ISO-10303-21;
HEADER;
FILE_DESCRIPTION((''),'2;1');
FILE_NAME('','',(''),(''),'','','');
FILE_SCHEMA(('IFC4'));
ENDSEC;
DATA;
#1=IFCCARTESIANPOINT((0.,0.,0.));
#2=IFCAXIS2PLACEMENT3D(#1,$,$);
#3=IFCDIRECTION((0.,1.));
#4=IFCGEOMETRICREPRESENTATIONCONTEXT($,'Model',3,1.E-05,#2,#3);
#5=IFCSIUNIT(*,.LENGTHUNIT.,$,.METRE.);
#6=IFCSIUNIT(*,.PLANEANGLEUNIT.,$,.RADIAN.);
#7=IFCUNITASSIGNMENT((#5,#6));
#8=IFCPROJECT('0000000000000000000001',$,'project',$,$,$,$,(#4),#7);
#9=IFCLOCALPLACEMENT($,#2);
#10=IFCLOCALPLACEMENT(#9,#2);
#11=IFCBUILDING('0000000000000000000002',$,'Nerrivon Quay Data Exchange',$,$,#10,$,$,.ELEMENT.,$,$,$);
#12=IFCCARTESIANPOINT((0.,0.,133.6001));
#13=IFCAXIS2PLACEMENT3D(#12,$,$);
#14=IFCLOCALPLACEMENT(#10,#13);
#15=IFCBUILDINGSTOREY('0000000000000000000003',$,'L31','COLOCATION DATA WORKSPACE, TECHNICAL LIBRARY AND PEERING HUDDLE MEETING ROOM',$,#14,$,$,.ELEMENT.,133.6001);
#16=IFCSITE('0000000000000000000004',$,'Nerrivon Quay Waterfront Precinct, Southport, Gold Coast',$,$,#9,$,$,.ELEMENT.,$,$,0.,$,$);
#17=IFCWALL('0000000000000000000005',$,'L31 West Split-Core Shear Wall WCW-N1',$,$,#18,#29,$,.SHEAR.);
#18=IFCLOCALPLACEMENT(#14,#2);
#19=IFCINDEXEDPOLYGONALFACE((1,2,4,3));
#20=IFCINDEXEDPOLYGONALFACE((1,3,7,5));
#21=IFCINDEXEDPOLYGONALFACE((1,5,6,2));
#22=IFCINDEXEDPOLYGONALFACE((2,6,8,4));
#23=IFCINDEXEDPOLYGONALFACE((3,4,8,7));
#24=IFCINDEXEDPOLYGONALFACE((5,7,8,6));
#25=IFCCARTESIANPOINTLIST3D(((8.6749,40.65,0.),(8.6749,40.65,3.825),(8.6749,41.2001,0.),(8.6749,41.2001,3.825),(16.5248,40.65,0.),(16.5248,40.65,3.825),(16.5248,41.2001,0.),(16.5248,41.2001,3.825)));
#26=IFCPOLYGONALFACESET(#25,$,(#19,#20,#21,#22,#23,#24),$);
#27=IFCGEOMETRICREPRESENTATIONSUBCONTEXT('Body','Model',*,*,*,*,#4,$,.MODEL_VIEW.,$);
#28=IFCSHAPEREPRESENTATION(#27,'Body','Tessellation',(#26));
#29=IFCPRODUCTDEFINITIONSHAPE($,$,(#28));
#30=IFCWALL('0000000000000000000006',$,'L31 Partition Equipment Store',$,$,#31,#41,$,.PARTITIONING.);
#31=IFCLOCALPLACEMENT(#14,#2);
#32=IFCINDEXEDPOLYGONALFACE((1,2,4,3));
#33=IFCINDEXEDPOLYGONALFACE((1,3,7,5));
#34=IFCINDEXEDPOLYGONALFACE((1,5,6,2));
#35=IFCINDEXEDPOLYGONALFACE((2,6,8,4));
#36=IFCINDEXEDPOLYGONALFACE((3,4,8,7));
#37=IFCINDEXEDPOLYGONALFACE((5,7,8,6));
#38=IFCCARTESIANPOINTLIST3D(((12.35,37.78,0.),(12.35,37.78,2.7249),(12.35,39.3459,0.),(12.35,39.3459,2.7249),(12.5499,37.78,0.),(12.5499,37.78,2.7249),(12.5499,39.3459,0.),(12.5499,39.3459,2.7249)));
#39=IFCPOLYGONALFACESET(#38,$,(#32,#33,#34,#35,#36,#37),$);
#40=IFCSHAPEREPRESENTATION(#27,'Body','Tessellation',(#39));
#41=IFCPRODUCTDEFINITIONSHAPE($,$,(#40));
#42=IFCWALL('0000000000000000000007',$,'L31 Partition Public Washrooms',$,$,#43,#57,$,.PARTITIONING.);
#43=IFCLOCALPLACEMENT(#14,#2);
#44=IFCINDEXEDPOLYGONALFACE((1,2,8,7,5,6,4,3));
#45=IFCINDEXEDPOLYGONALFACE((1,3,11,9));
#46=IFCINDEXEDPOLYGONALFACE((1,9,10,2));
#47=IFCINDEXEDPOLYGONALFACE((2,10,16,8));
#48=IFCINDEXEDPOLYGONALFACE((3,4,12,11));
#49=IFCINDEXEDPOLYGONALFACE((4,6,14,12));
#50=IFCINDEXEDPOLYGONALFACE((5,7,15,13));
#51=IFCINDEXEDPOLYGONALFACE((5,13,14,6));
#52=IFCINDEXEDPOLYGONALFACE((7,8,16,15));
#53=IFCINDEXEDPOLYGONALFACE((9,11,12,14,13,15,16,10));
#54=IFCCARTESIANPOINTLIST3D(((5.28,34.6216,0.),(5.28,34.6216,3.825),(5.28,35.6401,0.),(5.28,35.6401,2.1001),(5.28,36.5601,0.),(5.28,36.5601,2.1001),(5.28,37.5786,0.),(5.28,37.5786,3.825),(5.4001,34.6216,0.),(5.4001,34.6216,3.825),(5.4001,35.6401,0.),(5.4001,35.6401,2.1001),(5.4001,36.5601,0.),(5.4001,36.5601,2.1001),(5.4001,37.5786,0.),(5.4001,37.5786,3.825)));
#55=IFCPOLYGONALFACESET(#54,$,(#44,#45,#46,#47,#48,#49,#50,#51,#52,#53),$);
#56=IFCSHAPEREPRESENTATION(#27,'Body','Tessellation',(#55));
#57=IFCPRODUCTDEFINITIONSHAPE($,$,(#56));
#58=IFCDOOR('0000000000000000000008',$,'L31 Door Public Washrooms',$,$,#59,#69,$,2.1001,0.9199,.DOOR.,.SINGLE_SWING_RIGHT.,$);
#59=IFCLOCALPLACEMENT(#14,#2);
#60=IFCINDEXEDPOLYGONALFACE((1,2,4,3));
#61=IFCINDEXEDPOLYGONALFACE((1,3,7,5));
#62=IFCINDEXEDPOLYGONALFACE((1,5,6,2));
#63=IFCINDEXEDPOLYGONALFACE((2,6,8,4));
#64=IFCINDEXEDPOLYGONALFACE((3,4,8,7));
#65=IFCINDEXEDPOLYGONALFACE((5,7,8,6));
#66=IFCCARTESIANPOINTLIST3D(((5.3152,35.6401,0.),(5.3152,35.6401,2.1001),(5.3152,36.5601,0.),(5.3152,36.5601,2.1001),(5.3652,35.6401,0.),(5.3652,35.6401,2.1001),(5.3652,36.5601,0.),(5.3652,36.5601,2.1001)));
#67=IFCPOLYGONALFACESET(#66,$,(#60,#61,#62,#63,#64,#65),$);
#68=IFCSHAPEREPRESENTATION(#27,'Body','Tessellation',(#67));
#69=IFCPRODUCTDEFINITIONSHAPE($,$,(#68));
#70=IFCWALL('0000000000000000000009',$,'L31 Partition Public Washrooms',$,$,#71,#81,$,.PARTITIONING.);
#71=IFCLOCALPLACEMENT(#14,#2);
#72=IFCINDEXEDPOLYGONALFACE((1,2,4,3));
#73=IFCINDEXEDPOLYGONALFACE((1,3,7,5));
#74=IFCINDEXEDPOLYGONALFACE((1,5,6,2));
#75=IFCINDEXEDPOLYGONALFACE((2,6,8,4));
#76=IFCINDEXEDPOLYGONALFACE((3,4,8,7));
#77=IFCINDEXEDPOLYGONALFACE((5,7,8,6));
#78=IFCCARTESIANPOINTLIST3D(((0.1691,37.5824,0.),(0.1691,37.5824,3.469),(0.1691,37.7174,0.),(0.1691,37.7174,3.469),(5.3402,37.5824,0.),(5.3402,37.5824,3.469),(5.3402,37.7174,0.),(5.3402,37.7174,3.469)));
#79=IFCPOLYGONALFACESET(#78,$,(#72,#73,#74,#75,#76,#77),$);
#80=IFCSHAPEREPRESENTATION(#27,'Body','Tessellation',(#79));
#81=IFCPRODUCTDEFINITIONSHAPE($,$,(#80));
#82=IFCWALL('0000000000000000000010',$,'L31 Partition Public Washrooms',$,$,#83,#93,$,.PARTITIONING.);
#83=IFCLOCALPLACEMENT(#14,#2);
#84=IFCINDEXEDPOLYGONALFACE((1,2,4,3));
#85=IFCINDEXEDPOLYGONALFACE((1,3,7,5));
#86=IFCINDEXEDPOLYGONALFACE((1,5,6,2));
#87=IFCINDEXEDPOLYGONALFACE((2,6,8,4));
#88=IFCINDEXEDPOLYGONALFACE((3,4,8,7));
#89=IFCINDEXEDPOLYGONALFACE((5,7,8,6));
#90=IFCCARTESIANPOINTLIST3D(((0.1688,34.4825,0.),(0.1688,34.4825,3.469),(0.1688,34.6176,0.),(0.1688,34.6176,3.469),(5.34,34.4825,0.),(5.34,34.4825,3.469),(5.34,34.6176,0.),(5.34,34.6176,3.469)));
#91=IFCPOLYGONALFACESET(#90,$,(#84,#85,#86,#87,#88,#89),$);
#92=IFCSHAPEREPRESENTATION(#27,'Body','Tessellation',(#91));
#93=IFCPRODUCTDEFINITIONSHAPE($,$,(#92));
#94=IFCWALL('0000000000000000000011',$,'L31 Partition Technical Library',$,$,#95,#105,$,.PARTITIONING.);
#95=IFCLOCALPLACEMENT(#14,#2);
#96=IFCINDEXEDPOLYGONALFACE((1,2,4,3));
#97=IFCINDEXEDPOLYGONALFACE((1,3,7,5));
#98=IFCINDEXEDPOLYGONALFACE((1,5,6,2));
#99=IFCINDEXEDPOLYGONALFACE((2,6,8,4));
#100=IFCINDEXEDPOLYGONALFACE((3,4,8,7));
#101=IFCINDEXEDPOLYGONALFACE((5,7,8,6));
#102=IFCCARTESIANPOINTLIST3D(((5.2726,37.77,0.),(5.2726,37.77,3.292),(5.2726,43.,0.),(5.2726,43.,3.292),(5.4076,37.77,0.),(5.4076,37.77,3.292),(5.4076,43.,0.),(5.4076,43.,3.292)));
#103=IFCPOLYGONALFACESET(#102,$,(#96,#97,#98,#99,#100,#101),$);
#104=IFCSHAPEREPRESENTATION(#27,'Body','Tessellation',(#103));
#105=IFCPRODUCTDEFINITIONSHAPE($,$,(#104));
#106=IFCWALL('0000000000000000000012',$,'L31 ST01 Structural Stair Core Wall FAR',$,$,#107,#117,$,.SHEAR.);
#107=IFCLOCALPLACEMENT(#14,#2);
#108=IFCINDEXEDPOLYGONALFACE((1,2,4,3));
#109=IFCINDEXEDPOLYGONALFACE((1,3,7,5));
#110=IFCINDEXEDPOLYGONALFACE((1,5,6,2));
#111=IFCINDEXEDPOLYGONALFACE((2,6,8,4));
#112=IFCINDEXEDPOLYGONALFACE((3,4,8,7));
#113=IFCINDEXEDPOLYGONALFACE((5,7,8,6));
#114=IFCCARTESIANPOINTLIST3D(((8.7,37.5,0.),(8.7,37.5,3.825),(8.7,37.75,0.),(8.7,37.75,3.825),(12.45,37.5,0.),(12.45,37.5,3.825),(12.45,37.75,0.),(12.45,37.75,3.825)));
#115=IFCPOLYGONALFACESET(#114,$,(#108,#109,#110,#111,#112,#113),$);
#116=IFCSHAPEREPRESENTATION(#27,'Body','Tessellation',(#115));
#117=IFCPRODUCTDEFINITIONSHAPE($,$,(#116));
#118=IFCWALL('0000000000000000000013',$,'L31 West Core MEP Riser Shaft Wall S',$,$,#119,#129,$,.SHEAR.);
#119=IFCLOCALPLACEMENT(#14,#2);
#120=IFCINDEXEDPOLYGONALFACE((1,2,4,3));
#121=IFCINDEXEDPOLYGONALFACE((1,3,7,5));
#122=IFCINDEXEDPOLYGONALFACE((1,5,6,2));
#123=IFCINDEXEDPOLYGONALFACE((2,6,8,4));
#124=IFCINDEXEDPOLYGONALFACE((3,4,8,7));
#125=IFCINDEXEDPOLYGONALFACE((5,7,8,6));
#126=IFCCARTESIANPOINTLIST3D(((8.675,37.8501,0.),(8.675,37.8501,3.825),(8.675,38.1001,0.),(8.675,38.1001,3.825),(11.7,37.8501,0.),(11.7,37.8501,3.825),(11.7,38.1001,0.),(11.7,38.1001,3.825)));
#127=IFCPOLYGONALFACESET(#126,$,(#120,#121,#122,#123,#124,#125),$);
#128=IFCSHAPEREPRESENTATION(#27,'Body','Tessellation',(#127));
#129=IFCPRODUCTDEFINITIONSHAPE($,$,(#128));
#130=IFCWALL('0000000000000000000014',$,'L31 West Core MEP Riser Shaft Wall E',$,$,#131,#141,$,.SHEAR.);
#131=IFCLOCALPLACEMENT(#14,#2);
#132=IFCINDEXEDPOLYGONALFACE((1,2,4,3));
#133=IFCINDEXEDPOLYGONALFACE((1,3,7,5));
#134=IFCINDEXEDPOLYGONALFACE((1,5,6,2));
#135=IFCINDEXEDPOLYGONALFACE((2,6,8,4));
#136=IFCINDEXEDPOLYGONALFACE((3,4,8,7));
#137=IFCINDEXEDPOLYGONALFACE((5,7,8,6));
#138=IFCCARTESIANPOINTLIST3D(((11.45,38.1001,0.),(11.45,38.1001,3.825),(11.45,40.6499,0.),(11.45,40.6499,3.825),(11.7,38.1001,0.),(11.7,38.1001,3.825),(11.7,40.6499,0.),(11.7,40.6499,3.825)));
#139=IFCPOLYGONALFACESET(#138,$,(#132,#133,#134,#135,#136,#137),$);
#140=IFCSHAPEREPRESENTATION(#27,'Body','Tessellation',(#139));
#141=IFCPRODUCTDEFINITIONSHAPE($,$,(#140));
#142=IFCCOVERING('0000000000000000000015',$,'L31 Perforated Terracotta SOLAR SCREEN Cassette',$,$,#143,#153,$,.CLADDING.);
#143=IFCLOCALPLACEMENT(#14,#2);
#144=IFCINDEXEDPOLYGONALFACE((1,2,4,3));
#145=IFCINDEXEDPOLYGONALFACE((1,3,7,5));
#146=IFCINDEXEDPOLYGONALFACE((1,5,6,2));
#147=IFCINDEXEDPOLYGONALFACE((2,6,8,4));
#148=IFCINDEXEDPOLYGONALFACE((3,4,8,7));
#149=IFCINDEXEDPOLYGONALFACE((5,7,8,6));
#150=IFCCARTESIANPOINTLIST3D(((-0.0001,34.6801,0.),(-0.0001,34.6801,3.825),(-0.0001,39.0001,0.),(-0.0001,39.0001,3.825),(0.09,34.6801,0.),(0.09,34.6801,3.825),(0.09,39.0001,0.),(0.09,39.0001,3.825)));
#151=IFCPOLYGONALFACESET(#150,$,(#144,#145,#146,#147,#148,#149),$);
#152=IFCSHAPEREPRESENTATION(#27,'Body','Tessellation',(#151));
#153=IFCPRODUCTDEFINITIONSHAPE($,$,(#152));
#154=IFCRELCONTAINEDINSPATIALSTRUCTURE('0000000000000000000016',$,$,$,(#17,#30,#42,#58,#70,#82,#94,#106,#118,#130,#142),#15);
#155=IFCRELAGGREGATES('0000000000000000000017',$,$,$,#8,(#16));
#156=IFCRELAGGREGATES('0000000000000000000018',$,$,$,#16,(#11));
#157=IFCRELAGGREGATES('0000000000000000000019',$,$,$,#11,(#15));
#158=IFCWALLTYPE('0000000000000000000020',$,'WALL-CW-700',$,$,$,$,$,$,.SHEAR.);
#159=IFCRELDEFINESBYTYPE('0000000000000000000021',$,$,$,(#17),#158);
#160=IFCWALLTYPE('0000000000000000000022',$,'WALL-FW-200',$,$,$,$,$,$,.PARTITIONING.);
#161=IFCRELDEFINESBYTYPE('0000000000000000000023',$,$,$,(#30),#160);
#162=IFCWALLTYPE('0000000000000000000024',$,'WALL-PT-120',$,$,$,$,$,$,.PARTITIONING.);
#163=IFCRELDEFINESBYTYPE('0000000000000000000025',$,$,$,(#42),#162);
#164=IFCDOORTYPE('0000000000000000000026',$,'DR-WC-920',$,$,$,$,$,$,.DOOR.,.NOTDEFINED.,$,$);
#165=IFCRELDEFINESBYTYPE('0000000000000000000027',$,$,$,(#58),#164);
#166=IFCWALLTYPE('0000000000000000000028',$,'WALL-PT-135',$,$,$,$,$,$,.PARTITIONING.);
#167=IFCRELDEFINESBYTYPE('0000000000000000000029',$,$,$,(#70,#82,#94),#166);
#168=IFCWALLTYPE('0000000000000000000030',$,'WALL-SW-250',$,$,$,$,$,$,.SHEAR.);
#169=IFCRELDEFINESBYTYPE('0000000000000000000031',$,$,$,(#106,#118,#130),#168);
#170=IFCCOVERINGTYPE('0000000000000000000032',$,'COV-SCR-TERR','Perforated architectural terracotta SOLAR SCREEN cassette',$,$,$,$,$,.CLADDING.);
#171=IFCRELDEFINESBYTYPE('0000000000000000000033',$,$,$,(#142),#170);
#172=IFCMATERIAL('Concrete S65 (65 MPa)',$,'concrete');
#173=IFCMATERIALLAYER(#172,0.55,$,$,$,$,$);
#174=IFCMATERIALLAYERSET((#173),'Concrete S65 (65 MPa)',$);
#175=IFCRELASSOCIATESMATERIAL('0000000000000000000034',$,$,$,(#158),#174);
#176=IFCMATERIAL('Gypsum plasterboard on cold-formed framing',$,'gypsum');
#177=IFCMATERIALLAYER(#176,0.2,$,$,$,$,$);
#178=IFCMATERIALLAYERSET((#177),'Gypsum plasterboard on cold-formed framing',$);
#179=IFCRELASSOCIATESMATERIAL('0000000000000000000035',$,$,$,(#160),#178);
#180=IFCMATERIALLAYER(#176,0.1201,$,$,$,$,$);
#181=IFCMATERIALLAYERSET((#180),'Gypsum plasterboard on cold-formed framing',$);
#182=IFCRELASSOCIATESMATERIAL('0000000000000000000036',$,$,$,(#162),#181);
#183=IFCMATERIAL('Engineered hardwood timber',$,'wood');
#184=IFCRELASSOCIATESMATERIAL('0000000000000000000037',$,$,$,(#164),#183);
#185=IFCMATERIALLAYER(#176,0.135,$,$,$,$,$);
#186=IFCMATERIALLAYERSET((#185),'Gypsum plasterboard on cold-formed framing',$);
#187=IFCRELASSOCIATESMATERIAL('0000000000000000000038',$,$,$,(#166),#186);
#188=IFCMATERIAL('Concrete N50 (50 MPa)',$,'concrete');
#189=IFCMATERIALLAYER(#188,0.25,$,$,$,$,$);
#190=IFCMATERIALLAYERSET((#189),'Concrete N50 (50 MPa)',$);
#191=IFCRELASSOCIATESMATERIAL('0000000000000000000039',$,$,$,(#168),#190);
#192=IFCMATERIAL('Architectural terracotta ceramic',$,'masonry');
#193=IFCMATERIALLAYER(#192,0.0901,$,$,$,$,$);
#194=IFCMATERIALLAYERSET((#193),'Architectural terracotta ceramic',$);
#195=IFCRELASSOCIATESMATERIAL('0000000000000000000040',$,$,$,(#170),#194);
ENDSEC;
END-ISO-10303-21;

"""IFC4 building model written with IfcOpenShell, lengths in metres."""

from ifc_helpers import new_model, si_unit, direction, frame, frame_2d, origin, origin_2d, place, context, subcontext, project, spatial, rectangle, extrude, material, layer, layer_set, type_object, element, fill, save


model = new_model("IFC4")

# Units and contexts
model_context = context("Model", 3, precision=1e-05, world=origin(), true_north=direction((0.0, 1.0)))
body_context = subcontext(model_context, "Body", "Model", "MODEL_VIEW")
ifc_project = project(units=[si_unit("LENGTHUNIT", "METRE"), si_unit("PLANEANGLEUNIT", "RADIAN")], contexts=[model_context])

# Site, building, storey
site_placement = place(None, origin())
site = spatial("IfcSite", under=ifc_project, at=site_placement, Name="Nerrivon Quay Waterfront Precinct, Southport, Gold Coast", CompositionType="ELEMENT", RefElevation=0.0)
building_placement = place(site_placement, origin())
building = spatial("IfcBuilding", under=site, at=building_placement, Name="Nerrivon Quay Data Exchange", CompositionType="ELEMENT")
storey_placement = place(building_placement, frame((0.0, 0.0, 133.6001)))
storey = spatial("IfcBuildingStorey", under=building, at=storey_placement, Name="L31", Description="COLOCATION DATA WORKSPACE, TECHNICAL LIBRARY AND PEERING HUDDLE MEETING ROOM", CompositionType="ELEMENT", Elevation=133.6001)

# Shared definitions
ifc_material_1 = material(Name="Concrete S65 (65 MPa)", Category="concrete")

# Walls
ifc_layer_1 = layer(ifc_material_1, 0.55)
ifc_layer_set_1 = layer_set([ifc_layer_1], Name="Concrete S65 (65 MPa)")
wall_type_1 = type_object("IfcWallType", Name="WALL-CW-700", PredefinedType="SHEAR", material=ifc_layer_set_1)
wall_1_placement = place(storey_placement, frame((8.675, 40.925, 0.0), z_axis=(0.0, 0.0, 1.0), x_axis=(1.0, 0.0, 0.0)))
element("IfcWall", 1, at=wall_1_placement, inside=storey, type_object=wall_type_1, Name="L31 West Split-Core Shear Wall WCW-N1", PredefinedType="SHEAR", context=body_context, shape_type="SweptSolid", body=[
    extrude(rectangle(XDim=7.8499, YDim=0.55, at=frame_2d((3.9248, 0.0))), origin(), (0.0, 0.0, 1.0), 3.825),
])
ifc_material_2 = material(Name="Gypsum plasterboard on cold-formed framing", Category="gypsum")
ifc_layer_2 = layer(ifc_material_2, 0.2)
ifc_layer_set_2 = layer_set([ifc_layer_2], Name="Gypsum plasterboard on cold-formed framing")
wall_type_2 = type_object("IfcWallType", Name="WALL-FW-200", PredefinedType="PARTITIONING", material=ifc_layer_set_2)
wall_2_placement = place(storey_placement, frame((12.45, 39.3459, 0.0), z_axis=(0.0, 0.0, 1.0), x_axis=(0.0, -1.0, 0.0)))
element("IfcWall", 2, at=wall_2_placement, inside=storey, type_object=wall_type_2, Name="L31 Partition Equipment Store", PredefinedType="PARTITIONING", context=body_context, shape_type="SweptSolid", body=[
    extrude(rectangle(XDim=1.5659, YDim=0.2, at=frame_2d((0.783, 0.0))), origin(), (0.0, 0.0, 1.0), 2.7249),
])

# Wall, opening, door
ifc_layer_3 = layer(ifc_material_2, 0.1201)
ifc_layer_set_3 = layer_set([ifc_layer_3], Name="Gypsum plasterboard on cold-formed framing")
wall_type_3 = type_object("IfcWallType", Name="WALL-PT-120", PredefinedType="PARTITIONING", material=ifc_layer_set_3)
wall_3_placement = place(storey_placement, frame((5.3401, 34.6216, 0.0), z_axis=(0.0, 0.0, 1.0), x_axis=(0.0, 1.0, 0.0)))
wall_3 = element("IfcWall", 3, at=wall_3_placement, inside=storey, type_object=wall_type_3, Name="L31 Partition Public Washrooms", PredefinedType="PARTITIONING", context=body_context, shape_type="SweptSolid", body=[
    extrude(rectangle(XDim=2.957, YDim=0.1201, at=frame_2d((1.4785, 0.0))), origin(), (0.0, 0.0, 1.0), 3.825),
])
opening_1_placement = place(wall_3_placement, frame((1.0186, 0.0, 0.0)))
opening_1 = element("IfcOpeningElement", 4, at=opening_1_placement, cuts=wall_3, PredefinedType="OPENING", context=body_context, shape_type="SweptSolid", body=[
    extrude(rectangle(XDim=0.9199, YDim=2.1001, at=frame_2d((0.46, 1.05))), frame((0.0, 0.0701, 0.0), z_axis=(0.0, -1.0, 0.0), x_axis=(1.0, 0.0, 0.0)), (0.0, 0.0, 1.0), 0.1401),
])
ifc_material_3 = material(Name="Engineered hardwood timber", Category="wood")
door_type_1 = type_object("IfcDoorType", Name="DR-WC-920", OperationType="NOTDEFINED", PredefinedType="DOOR", material=ifc_material_3)
door_1_placement = place(opening_1_placement, origin())
door_1 = element("IfcDoor", 5, at=door_1_placement, inside=storey, type_object=door_type_1, Name="L31 Door Public Washrooms", OperationType="SINGLE_SWING_RIGHT", OverallHeight=2.1001, OverallWidth=0.9199, PredefinedType="DOOR", context=body_context, shape_type="SweptSolid", body=[
    extrude(rectangle(XDim=0.9199, YDim=2.1001, at=frame_2d((0.46, 1.05))), frame((0.0, 0.0249, 0.0), z_axis=(0.0, -1.0, 0.0), x_axis=(1.0, 0.0, 0.0)), (0.0, 0.0, 1.0), 0.05),
])
fill(opening_1, door_1)

# Walls
ifc_layer_4 = layer(ifc_material_2, 0.135)
ifc_layer_set_4 = layer_set([ifc_layer_4], Name="Gypsum plasterboard on cold-formed framing")
wall_type_4 = type_object("IfcWallType", Name="WALL-PT-135", PredefinedType="PARTITIONING", material=ifc_layer_set_4)
for number, where, z_axis, x_axis, name in (
    (6, (5.3401, 37.6499, 0.0), (0.0, 0.0, 1.0), (-1.0, 0.0, 0.0), "L31 Partition Public Washrooms"),
    (7, (0.1689, 34.55, 0.0), (0.0, 0.0, 1.0), (1.0, 0.0, 0.0), "L31 Partition Public Washrooms"),
):
    element("IfcWall", number, at=place(storey_placement, frame(where, z_axis=z_axis, x_axis=x_axis)), inside=storey, type_object=wall_type_4, Name=name, PredefinedType="PARTITIONING", context=body_context, shape_type="SweptSolid", body=[
        extrude(rectangle(XDim=5.1711, YDim=0.135, at=frame_2d((2.5854, 0.0))), origin(), (0.0, 0.0, 1.0), 3.469),
    ])
wall_4_placement = place(storey_placement, frame((5.3401, 37.77, 0.0), z_axis=(0.0, 0.0, 1.0), x_axis=(0.0, 1.0, 0.0)))
element("IfcWall", 8, at=wall_4_placement, inside=storey, type_object=wall_type_4, Name="L31 Partition Technical Library", PredefinedType="PARTITIONING", context=body_context, shape_type="SweptSolid", body=[
    extrude(rectangle(XDim=5.23, YDim=0.135, at=frame_2d((2.615, 0.0))), origin(), (0.0, 0.0, 1.0), 3.292),
])
ifc_material_4 = material(Name="Concrete N50 (50 MPa)", Category="concrete")
ifc_layer_5 = layer(ifc_material_4, 0.25)
ifc_layer_set_5 = layer_set([ifc_layer_5], Name="Concrete N50 (50 MPa)")
wall_type_5 = type_object("IfcWallType", Name="WALL-SW-250", PredefinedType="SHEAR", material=ifc_layer_set_5)
wall_5_placement = place(storey_placement, frame((12.45, 37.625, 0.0), z_axis=(0.0, 0.0, 1.0), x_axis=(-1.0, 0.0, 0.0)))
element("IfcWall", 9, at=wall_5_placement, inside=storey, type_object=wall_type_5, Name="L31 ST01 Structural Stair Core Wall FAR", PredefinedType="SHEAR", context=body_context, shape_type="SweptSolid", body=[
    extrude(rectangle(XDim=3.75, YDim=0.25, at=frame_2d((1.875, 0.0))), origin(), (0.0, 0.0, 1.0), 3.825),
])
wall_6_placement = place(storey_placement, frame((8.675, 37.9751, 0.0), z_axis=(0.0, 0.0, 1.0), x_axis=(1.0, 0.0, 0.0)))
element("IfcWall", 10, at=wall_6_placement, inside=storey, type_object=wall_type_5, Name="L31 West Core MEP Riser Shaft Wall S", PredefinedType="SHEAR", context=body_context, shape_type="SweptSolid", body=[
    extrude(rectangle(XDim=3.0249, YDim=0.25, at=frame_2d((1.5125, 0.0))), origin(), (0.0, 0.0, 1.0), 3.825),
])
wall_7_placement = place(storey_placement, frame((11.575, 38.1001, 0.0), z_axis=(0.0, 0.0, 1.0), x_axis=(0.0, 1.0, 0.0)))
element("IfcWall", 11, at=wall_7_placement, inside=storey, type_object=wall_type_5, Name="L31 West Core MEP Riser Shaft Wall E", PredefinedType="SHEAR", context=body_context, shape_type="SweptSolid", body=[
    extrude(rectangle(XDim=2.5498, YDim=0.25, at=frame_2d((1.2749, 0.0))), origin(), (0.0, 0.0, 1.0), 3.825),
])

# Covering
ifc_material_5 = material(Name="Architectural terracotta ceramic", Category="masonry")
ifc_layer_6 = layer(ifc_material_5, 0.0901)
ifc_layer_set_6 = layer_set([ifc_layer_6], Name="Architectural terracotta ceramic")
covering_type = type_object("IfcCoveringType", Name="COV-SCR-TERR", Description="Perforated architectural terracotta SOLAR SCREEN cassette", PredefinedType="CLADDING", material=ifc_layer_set_6)
covering_placement = place(storey_placement, frame((0.0449, 36.8401, 0.0), z_axis=(0.0, 0.0, 1.0), x_axis=(0.0, 1.0, 0.0)))
element("IfcCovering", 12, at=covering_placement, inside=storey, type_object=covering_type, Name="L31 Perforated Terracotta SOLAR SCREEN Cassette", PredefinedType="CLADDING", context=body_context, shape_type="SweptSolid", body=[
    extrude(rectangle(XDim=4.3201, YDim=0.0901, at=origin_2d()), origin(), (0.0, 0.0, 1.0), 3.825),
])

save(model, "model.ifc")
